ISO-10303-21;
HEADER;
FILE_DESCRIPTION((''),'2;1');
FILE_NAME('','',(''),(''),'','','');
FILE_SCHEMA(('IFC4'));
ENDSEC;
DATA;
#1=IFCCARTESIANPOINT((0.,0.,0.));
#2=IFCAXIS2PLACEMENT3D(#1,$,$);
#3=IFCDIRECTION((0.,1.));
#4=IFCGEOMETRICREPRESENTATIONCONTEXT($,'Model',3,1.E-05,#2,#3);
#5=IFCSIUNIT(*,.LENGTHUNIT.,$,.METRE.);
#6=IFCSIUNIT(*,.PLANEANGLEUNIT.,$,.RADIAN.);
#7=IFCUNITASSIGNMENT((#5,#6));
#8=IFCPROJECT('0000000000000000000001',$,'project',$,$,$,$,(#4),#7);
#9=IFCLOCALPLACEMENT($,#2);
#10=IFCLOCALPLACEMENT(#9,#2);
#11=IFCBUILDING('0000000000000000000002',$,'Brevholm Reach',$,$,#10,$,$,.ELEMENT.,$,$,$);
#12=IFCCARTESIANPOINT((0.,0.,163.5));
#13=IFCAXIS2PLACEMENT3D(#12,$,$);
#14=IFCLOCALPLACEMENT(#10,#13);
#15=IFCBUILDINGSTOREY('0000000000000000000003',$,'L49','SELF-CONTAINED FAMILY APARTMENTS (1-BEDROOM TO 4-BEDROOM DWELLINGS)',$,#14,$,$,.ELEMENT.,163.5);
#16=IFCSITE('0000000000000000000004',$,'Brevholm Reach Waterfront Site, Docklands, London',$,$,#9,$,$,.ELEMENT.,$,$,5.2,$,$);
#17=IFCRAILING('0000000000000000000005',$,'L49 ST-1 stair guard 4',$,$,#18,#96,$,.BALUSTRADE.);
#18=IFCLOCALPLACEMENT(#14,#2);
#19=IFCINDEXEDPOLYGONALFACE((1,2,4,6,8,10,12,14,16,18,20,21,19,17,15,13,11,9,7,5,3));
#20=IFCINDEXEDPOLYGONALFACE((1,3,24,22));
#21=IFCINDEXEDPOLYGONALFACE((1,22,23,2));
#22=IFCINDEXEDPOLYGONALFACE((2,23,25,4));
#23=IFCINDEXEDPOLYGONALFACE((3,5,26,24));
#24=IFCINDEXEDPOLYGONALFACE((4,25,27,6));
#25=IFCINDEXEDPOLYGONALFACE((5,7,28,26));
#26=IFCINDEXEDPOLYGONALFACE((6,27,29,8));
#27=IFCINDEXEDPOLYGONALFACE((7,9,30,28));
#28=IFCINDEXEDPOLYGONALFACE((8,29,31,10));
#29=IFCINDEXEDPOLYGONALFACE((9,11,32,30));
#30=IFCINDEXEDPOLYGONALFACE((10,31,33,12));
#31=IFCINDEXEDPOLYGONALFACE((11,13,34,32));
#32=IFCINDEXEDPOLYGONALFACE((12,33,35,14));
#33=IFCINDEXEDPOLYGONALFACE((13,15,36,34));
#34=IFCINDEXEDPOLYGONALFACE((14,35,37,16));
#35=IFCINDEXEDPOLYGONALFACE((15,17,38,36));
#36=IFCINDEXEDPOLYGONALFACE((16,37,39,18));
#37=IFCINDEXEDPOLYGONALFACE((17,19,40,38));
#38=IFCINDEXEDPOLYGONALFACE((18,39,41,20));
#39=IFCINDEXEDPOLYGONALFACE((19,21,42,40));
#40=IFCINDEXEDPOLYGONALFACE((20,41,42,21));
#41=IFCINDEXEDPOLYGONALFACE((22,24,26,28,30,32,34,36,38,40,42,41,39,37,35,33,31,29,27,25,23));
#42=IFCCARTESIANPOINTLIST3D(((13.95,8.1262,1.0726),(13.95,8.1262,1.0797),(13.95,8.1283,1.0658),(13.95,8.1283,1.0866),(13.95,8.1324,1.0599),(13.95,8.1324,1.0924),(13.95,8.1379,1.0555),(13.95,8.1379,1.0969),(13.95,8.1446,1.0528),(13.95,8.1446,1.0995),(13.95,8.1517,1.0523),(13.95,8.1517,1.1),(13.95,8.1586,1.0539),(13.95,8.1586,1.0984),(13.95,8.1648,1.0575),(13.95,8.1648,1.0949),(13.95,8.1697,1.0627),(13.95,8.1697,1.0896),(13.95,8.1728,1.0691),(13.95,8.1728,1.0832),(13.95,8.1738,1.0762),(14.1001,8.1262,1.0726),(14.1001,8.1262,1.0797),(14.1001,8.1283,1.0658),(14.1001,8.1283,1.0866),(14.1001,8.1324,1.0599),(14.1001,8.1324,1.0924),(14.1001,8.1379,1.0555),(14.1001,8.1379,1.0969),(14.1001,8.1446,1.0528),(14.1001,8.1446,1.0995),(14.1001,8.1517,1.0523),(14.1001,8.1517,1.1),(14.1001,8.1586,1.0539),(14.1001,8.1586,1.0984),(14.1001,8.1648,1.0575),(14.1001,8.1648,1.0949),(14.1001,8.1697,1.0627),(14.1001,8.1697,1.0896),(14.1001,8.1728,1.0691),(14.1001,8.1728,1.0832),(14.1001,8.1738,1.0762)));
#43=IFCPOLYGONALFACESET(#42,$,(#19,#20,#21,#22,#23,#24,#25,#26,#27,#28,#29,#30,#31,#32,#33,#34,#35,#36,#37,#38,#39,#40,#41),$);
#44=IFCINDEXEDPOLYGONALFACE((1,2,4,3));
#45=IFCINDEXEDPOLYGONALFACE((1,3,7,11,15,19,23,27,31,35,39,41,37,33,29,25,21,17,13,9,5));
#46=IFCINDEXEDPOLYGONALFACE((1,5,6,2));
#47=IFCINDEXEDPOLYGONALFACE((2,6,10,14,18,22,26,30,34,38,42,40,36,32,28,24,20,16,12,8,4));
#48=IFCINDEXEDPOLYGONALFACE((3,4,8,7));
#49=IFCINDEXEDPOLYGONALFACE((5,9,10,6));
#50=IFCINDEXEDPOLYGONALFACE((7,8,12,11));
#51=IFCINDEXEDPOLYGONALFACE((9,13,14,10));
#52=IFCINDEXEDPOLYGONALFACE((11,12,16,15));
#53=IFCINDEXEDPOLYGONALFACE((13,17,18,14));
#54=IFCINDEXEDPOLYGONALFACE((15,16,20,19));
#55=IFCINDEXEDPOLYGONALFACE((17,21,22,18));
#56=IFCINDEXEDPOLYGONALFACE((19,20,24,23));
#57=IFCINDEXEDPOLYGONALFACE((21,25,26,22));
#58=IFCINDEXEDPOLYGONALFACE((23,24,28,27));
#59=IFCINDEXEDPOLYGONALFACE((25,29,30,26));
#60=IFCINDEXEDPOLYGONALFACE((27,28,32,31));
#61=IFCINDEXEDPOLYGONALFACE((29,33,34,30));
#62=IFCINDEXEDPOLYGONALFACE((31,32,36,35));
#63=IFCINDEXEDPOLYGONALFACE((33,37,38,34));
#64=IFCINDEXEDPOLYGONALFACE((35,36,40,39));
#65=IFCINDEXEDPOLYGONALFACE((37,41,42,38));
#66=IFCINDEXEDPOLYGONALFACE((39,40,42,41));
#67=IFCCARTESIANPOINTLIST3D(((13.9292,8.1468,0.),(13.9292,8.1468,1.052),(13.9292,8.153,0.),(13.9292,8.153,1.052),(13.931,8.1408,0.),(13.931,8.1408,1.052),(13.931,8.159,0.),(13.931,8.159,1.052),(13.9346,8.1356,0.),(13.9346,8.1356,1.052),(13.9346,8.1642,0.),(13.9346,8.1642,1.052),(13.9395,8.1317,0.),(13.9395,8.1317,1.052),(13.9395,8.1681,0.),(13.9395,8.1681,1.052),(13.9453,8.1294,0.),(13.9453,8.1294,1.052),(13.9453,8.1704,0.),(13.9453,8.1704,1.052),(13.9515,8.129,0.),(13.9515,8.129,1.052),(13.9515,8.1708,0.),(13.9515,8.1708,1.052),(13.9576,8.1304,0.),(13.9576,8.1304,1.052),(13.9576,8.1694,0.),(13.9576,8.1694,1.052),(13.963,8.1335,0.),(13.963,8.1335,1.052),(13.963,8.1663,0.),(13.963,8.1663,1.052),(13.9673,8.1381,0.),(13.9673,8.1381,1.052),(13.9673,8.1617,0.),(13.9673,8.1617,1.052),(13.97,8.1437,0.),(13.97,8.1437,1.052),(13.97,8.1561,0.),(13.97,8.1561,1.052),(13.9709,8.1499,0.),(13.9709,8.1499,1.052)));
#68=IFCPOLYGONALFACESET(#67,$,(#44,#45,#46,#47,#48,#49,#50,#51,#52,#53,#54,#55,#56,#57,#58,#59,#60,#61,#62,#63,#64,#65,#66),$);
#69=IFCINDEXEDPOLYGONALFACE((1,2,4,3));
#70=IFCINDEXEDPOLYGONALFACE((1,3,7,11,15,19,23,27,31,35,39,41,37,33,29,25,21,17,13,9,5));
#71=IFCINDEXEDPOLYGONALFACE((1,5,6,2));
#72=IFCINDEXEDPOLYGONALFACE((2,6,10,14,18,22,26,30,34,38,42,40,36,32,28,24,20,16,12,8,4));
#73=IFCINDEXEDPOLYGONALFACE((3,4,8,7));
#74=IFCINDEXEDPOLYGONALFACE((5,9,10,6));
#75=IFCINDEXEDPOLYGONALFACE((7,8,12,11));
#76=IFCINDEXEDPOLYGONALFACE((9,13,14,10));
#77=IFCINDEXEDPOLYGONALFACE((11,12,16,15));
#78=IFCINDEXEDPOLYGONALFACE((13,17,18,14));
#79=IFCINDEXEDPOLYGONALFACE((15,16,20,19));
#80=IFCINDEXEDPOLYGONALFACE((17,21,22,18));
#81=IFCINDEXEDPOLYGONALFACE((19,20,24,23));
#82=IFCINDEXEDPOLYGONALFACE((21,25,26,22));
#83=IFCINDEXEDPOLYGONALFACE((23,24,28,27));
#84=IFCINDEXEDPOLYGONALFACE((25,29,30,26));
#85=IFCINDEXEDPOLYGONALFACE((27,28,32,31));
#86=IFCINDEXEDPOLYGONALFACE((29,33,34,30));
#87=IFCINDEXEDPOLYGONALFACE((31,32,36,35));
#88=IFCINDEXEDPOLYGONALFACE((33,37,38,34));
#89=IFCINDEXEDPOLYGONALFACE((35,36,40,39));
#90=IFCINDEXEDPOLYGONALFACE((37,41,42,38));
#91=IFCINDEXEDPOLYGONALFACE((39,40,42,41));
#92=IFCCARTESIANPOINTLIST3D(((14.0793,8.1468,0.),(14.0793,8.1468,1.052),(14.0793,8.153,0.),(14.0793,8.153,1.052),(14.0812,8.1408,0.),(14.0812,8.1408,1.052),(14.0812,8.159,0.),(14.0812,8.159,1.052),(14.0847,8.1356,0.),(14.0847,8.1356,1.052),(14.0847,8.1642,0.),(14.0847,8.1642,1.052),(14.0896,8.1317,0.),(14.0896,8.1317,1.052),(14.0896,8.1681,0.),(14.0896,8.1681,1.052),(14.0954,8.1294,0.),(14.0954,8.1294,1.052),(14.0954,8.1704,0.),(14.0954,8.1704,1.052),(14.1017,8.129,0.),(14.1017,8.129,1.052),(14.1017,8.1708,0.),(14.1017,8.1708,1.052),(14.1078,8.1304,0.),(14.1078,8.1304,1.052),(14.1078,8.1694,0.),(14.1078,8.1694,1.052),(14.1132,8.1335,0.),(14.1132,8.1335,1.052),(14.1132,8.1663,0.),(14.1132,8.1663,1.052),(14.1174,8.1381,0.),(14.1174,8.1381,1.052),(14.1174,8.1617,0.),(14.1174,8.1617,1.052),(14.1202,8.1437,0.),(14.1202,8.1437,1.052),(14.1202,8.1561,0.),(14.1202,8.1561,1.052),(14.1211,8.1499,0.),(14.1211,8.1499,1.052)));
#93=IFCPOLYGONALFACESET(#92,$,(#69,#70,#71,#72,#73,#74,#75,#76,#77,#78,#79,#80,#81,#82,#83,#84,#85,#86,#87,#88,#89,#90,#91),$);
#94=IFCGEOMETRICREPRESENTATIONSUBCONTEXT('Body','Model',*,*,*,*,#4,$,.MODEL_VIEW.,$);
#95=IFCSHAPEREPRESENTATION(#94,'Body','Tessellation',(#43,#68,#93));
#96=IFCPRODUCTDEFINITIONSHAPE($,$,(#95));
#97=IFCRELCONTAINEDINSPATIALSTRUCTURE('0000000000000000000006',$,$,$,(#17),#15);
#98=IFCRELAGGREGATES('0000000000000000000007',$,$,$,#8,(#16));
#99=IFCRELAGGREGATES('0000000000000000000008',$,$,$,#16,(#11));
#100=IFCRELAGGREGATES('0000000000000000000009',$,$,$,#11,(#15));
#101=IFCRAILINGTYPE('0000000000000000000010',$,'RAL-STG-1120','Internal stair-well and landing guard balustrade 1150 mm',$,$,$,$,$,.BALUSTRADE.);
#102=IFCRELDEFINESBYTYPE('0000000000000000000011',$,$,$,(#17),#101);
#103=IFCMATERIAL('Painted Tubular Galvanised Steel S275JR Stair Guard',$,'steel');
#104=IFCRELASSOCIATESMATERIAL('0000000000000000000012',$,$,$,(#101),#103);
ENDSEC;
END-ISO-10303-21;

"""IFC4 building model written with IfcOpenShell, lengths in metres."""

from ifc_helpers import new_model, si_unit, direction, frame, origin, origin_2d, place, context, subcontext, project, spatial, circle, extrude, material, type_object, element, save


model = new_model("IFC4")

# Units and contexts
model_context = context("Model", 3, precision=1e-05, world=origin(), true_north=direction((0.0, 1.0)))
body_context = subcontext(model_context, "Body", "Model", "MODEL_VIEW")
ifc_project = project(units=[si_unit("LENGTHUNIT", "METRE"), si_unit("PLANEANGLEUNIT", "RADIAN")], contexts=[model_context])

# Site, building, storey
site_placement = place(None, origin())
site = spatial("IfcSite", under=ifc_project, at=site_placement, Name="Brevholm Reach Waterfront Site, Docklands, London", CompositionType="ELEMENT", RefElevation=5.2)
building_placement = place(site_placement, origin())
building = spatial("IfcBuilding", under=site, at=building_placement, Name="Brevholm Reach", CompositionType="ELEMENT")
storey_placement = place(building_placement, frame((0.0, 0.0, 163.5)))
storey = spatial("IfcBuildingStorey", under=building, at=storey_placement, Name="L49", Description="SELF-CONTAINED FAMILY APARTMENTS (1-BEDROOM TO 4-BEDROOM DWELLINGS)", CompositionType="ELEMENT", Elevation=163.5)

# Railing
ifc_material_1 = material(Name="Painted Tubular Galvanised Steel S275JR Stair Guard", Category="steel")
railing_type_1 = type_object("IfcRailingType", Name="RAL-STG-1120", Description="Internal stair-well and landing guard balustrade 1150 mm", PredefinedType="BALUSTRADE", material=ifc_material_1)
railing_1_placement = place(storey_placement, frame((13.95, 8.1499, 0.0)))
element("IfcRailing", 1, at=railing_1_placement, inside=storey, type_object=railing_type_1, Name="L49 ST-1 stair guard 4", PredefinedType="BALUSTRADE", context=body_context, shape_type="SweptSolid", body=[
    extrude(circle(Radius=0.0239, at=origin_2d()), frame((0.0, 0.0, 1.0762), z_axis=(1.0, 0.0, 0.0), x_axis=(0.0, 1.0, 0.0)), (0.0, 0.0, 1.0), 0.1501),
    extrude(circle(Radius=0.021, at=origin_2d()), origin(), (0.0, 0.0, 1.0), 1.052),
    extrude(circle(Radius=0.021, at=origin_2d()), frame((0.1501, 0.0, 0.0)), (0.0, 0.0, 1.0), 1.052),
])

save(model, "model.ifc")
